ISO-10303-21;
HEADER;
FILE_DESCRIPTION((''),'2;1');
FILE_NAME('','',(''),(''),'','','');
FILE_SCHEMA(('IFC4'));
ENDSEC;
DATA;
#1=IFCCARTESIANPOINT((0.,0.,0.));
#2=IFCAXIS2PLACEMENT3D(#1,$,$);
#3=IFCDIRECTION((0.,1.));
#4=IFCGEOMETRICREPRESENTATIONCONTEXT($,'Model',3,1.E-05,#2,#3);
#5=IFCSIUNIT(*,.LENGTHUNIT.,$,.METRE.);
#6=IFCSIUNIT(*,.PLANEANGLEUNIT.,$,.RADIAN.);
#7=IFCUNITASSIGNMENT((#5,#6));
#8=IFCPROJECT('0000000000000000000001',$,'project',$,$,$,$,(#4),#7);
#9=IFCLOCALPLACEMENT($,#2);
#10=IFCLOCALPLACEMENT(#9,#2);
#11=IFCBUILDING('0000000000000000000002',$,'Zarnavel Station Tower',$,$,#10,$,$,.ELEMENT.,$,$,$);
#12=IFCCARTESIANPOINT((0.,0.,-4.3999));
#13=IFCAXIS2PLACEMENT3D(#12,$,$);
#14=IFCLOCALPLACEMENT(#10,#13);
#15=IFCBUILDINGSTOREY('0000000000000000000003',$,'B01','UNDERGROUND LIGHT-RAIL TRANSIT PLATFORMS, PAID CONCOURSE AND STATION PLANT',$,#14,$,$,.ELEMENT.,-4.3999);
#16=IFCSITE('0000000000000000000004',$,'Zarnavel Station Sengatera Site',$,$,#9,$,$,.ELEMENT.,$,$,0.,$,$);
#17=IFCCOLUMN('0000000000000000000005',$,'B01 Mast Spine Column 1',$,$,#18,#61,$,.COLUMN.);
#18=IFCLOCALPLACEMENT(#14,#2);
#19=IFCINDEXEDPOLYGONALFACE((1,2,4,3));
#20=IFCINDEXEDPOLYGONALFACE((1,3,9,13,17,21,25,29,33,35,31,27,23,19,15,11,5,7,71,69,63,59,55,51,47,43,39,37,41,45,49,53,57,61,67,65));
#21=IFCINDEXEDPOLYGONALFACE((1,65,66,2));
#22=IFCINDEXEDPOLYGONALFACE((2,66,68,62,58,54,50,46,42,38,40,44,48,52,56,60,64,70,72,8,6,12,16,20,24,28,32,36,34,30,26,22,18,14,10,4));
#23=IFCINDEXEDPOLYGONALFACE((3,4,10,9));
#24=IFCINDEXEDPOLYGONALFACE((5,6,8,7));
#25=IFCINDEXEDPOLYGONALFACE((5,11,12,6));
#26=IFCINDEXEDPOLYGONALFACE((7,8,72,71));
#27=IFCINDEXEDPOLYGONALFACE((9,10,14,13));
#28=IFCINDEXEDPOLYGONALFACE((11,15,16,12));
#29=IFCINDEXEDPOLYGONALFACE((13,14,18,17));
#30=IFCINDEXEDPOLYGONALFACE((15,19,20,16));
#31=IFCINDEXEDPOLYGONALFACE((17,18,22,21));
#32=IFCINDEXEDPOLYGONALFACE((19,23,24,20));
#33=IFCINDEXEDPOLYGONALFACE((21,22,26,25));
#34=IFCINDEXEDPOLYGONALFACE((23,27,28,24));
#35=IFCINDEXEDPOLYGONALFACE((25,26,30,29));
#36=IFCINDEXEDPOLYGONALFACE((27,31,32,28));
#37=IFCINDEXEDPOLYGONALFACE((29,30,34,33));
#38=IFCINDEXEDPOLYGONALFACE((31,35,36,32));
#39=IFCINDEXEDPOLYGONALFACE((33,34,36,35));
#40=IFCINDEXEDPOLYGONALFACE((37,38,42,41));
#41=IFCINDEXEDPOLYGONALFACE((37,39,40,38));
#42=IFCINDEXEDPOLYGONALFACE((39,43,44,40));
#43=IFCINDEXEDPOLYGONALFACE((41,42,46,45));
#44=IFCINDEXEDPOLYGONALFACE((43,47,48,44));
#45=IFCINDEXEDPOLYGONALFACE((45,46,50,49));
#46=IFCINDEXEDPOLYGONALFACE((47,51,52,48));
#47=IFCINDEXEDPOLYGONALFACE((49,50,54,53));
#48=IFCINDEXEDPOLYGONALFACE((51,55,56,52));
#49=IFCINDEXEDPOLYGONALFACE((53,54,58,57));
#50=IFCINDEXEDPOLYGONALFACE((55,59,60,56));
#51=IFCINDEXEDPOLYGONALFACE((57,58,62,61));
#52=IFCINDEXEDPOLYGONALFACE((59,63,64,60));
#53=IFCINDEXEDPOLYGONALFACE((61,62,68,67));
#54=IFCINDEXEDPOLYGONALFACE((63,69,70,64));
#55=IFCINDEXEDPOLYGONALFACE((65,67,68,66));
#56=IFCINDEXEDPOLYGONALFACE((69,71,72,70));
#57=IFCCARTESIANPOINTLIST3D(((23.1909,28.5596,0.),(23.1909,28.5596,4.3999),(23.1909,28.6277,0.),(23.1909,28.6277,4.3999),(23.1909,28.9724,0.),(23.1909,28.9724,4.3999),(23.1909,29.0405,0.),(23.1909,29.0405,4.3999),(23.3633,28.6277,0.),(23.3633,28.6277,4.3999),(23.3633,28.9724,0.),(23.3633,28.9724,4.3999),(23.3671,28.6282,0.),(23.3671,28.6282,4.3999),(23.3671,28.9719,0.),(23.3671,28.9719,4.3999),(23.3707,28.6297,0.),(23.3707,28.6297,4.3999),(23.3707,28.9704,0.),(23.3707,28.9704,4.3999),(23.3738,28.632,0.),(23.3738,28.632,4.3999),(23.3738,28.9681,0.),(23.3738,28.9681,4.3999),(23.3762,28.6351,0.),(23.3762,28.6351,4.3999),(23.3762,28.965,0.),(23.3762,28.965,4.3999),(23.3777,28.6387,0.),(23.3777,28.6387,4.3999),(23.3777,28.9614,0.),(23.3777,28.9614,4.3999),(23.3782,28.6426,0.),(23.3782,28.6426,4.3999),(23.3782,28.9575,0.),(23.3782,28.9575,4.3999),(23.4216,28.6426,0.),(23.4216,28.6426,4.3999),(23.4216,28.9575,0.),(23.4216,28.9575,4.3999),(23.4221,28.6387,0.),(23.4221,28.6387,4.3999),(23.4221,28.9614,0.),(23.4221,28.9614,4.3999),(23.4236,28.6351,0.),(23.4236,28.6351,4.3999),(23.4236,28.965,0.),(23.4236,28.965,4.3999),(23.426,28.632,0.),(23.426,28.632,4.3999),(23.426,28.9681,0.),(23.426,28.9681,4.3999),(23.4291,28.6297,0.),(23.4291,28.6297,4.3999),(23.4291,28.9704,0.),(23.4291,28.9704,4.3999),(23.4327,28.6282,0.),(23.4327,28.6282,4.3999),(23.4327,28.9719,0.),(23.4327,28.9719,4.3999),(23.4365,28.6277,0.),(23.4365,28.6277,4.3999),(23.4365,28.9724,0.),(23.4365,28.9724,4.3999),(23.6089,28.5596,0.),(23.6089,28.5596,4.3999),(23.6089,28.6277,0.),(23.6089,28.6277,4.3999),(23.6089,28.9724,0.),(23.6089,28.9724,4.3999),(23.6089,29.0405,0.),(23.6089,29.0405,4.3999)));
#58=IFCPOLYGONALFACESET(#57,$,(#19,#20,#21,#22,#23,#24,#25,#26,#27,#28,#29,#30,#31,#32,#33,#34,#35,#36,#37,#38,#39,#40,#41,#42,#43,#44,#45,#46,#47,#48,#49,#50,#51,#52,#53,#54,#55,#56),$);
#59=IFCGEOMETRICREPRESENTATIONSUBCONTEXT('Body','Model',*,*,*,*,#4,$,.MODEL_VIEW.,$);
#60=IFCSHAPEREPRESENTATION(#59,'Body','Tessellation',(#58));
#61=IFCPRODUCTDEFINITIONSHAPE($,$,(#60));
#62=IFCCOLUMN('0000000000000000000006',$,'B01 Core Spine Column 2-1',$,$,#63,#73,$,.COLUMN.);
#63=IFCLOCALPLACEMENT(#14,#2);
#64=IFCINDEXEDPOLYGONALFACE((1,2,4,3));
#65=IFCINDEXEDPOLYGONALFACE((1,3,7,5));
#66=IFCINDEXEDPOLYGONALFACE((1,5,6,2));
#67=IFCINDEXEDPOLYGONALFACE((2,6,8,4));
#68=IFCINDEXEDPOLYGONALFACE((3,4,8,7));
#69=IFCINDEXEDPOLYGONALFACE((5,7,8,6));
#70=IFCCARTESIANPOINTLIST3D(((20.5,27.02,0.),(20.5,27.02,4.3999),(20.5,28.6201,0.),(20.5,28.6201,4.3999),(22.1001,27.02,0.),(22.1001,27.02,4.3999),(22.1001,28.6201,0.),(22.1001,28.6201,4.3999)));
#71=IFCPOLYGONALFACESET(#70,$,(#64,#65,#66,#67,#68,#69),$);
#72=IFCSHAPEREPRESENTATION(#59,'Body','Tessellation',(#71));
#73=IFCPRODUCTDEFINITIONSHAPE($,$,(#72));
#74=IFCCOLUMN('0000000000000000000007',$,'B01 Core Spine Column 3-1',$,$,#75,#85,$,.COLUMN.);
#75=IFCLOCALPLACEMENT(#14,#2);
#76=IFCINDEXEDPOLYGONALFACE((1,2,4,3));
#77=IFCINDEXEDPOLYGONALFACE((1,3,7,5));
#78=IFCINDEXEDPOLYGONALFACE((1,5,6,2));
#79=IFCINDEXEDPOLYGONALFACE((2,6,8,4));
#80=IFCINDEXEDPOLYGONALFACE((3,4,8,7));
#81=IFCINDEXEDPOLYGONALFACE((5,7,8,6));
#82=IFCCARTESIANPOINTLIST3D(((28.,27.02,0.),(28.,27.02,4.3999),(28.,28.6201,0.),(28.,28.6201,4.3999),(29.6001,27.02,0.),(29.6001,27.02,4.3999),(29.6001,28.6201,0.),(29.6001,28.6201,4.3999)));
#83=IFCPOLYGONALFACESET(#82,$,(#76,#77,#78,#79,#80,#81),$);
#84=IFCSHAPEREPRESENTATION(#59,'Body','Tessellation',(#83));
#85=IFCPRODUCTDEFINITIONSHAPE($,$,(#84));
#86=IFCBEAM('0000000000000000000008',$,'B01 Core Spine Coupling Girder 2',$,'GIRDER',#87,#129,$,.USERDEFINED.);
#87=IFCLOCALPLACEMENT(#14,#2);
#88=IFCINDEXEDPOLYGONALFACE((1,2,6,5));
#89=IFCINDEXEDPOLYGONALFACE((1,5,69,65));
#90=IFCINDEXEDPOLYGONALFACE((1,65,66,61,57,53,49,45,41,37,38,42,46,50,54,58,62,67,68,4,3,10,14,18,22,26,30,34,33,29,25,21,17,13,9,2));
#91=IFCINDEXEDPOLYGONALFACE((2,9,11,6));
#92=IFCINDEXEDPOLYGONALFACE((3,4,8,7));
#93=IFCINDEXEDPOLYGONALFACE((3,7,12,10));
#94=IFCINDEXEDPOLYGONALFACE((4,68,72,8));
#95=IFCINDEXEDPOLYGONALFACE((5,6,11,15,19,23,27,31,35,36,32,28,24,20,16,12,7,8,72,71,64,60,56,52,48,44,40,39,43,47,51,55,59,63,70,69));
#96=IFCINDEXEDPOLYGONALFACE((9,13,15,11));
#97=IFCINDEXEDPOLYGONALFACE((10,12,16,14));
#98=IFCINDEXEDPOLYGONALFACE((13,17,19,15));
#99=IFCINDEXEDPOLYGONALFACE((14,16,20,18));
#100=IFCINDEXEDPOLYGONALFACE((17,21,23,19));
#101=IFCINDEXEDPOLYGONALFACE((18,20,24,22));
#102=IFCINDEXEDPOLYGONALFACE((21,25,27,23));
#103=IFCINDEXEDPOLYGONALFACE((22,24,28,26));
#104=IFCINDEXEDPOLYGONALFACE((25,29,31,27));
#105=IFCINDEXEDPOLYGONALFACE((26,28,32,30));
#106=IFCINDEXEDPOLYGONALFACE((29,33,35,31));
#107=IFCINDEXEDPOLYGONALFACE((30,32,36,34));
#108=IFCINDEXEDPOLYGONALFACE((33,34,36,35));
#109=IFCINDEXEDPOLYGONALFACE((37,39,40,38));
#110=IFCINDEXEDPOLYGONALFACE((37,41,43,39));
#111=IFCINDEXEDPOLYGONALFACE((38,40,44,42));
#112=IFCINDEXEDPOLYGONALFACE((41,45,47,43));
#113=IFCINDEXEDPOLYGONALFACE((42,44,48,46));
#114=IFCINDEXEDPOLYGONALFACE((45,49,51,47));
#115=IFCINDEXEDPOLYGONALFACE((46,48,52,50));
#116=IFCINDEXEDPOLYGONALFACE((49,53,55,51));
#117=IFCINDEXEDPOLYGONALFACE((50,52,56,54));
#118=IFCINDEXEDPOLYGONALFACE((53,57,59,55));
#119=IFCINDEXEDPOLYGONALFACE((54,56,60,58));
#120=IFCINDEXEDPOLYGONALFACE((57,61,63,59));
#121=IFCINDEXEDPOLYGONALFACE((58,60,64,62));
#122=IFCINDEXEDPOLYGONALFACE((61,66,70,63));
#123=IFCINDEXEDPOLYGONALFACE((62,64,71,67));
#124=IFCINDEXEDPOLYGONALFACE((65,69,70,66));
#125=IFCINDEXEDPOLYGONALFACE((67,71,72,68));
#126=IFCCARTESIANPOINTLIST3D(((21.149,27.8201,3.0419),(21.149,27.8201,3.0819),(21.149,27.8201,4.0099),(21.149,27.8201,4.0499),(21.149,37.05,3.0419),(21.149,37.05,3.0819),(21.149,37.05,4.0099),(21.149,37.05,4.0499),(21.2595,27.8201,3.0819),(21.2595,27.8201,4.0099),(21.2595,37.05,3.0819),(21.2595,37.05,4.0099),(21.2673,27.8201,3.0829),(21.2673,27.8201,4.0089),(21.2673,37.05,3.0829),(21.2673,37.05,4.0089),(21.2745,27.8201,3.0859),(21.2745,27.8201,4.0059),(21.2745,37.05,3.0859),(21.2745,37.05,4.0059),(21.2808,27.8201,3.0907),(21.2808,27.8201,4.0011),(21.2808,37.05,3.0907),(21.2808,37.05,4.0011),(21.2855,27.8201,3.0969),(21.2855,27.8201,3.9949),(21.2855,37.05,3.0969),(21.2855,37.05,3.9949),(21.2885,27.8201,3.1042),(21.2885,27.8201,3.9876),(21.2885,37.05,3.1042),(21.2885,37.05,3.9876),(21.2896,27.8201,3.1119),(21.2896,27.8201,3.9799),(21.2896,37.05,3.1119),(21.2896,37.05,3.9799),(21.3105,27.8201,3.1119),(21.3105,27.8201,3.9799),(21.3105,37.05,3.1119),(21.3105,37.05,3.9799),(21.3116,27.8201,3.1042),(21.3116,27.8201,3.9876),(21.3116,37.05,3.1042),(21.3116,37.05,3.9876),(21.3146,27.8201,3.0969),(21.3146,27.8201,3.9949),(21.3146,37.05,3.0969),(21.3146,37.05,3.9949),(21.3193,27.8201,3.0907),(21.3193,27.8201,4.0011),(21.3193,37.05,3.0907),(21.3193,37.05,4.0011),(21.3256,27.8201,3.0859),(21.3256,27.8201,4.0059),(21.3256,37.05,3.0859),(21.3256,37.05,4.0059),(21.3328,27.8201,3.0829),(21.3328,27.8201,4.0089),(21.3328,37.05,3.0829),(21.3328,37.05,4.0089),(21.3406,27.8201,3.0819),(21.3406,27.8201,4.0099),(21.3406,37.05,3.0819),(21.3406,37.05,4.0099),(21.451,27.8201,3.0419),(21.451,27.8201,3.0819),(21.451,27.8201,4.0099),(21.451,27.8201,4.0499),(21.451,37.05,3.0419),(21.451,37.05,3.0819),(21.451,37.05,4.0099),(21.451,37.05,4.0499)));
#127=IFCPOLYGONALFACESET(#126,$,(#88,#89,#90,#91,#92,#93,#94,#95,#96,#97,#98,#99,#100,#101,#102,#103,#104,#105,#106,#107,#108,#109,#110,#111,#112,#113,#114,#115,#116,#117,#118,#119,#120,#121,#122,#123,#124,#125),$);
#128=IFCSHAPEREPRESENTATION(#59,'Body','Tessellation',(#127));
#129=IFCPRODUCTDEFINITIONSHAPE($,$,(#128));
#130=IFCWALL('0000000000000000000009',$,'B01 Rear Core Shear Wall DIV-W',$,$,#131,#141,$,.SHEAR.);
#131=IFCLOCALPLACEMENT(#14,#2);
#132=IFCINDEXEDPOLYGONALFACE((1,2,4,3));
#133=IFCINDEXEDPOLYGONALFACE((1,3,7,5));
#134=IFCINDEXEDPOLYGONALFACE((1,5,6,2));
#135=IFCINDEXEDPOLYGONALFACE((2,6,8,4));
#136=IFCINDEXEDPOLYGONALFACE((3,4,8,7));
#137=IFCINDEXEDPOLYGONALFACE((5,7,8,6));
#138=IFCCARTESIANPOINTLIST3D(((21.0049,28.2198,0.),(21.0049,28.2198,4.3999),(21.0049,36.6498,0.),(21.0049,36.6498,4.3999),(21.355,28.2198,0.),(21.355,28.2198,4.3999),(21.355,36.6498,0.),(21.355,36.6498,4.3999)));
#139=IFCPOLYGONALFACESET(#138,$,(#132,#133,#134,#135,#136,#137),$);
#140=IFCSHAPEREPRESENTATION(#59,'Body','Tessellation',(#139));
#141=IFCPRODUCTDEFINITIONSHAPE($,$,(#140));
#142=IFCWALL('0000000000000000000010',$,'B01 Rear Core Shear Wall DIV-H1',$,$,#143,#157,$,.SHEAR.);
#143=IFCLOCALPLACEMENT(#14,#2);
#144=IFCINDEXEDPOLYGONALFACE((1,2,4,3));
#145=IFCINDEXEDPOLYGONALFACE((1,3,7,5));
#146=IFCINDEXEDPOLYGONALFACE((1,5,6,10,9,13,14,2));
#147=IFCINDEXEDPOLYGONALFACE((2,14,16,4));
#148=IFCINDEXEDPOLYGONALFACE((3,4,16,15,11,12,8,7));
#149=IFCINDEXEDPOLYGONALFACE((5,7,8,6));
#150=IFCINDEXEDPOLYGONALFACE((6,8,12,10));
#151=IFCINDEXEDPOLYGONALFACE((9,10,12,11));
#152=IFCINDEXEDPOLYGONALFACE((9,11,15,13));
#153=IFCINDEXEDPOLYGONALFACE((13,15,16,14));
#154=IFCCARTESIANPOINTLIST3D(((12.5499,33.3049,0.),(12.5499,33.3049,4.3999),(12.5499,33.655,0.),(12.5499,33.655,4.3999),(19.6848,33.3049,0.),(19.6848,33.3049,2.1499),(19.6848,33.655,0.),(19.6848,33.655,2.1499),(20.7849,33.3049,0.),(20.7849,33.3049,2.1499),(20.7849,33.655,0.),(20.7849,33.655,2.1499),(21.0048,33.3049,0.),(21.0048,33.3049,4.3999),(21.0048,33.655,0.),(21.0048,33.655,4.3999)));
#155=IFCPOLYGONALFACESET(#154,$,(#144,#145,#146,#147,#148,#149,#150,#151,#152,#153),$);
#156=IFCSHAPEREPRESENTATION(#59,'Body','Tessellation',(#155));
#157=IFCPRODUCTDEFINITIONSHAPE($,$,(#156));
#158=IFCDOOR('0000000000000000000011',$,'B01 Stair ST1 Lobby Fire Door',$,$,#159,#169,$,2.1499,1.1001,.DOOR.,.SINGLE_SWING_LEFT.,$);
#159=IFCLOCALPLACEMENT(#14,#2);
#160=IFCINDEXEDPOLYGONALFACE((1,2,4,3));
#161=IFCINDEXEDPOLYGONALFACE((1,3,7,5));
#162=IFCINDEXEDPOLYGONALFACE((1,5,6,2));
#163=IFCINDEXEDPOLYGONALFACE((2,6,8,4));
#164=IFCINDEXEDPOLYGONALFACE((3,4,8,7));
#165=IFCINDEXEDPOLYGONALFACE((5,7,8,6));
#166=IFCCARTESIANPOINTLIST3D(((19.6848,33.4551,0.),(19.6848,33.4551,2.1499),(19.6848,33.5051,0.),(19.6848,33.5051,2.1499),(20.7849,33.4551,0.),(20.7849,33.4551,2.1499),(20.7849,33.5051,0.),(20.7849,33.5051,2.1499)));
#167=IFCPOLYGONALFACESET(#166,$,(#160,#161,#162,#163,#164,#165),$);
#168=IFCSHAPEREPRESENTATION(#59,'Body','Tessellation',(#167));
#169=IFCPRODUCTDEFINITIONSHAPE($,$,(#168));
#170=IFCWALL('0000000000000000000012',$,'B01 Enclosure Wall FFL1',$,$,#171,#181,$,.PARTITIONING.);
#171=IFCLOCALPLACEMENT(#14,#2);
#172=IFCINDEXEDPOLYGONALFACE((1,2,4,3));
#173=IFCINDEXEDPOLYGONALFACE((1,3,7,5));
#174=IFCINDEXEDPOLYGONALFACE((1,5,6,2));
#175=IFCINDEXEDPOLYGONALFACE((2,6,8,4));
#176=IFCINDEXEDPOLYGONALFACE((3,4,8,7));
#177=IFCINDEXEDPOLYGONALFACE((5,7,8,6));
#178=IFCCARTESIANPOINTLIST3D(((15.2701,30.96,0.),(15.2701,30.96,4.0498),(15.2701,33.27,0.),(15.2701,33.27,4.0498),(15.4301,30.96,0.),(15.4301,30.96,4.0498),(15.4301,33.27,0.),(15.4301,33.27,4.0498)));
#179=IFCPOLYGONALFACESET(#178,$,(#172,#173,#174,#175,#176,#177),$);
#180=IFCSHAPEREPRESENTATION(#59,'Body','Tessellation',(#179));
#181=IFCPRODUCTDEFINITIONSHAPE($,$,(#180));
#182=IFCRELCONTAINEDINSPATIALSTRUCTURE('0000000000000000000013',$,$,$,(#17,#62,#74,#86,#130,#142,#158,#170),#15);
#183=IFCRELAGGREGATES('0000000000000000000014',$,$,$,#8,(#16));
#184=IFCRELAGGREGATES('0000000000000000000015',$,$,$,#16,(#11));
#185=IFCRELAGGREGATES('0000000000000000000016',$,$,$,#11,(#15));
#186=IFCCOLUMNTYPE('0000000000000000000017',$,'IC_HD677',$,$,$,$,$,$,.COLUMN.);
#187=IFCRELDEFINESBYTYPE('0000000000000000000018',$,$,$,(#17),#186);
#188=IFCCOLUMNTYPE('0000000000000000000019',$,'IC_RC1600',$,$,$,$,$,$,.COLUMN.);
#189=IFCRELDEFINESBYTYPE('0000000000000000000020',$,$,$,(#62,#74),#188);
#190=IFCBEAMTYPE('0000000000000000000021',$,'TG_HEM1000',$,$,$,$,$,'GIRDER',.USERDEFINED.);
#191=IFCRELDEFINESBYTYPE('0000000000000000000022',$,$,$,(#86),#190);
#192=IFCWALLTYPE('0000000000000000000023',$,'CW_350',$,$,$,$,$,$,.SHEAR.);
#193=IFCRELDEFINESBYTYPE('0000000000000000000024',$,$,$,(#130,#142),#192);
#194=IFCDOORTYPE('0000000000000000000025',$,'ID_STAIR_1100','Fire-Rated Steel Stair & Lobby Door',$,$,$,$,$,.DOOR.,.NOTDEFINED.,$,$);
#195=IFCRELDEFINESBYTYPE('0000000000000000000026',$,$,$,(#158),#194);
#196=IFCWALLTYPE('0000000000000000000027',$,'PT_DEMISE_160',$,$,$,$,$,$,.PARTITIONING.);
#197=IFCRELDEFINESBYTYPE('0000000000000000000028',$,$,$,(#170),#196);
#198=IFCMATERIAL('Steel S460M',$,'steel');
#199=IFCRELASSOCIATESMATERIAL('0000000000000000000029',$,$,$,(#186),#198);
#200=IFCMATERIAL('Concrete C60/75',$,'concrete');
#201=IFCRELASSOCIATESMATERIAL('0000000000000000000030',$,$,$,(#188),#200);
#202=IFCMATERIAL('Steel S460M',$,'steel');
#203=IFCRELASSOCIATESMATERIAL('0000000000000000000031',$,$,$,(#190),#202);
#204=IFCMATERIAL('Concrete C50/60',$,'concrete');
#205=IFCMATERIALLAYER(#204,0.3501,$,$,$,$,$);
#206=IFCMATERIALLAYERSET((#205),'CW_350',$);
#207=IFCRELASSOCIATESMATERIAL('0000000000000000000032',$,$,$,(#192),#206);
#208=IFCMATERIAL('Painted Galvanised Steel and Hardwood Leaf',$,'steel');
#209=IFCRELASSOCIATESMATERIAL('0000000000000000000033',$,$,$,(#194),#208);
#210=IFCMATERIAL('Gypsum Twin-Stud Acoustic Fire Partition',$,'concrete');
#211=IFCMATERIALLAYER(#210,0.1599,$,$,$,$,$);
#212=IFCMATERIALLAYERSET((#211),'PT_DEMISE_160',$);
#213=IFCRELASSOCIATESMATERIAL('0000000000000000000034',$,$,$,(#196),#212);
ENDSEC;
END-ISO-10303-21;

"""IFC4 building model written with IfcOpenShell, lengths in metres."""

from ifc_helpers import new_model, si_unit, direction, frame, frame_2d, origin, origin_2d, place, context, subcontext, project, spatial, rectangle, i_section, extrude, material, layer, layer_set, material_profile, profile_set, type_object, element, fill, save


model = new_model("IFC4")

# Units and contexts
model_context = context("Model", 3, precision=1e-05, world=origin(), true_north=direction((0.0, 1.0)))
body_context = subcontext(model_context, "Body", "Model", "MODEL_VIEW")
ifc_project = project(units=[si_unit("LENGTHUNIT", "METRE"), si_unit("PLANEANGLEUNIT", "RADIAN")], contexts=[model_context])

# Site, building, storey
site_placement = place(None, origin())
site = spatial("IfcSite", under=ifc_project, at=site_placement, Name="Zarnavel Station Sengatera Site", CompositionType="ELEMENT", RefElevation=0.0)
building_placement = place(site_placement, origin())
building = spatial("IfcBuilding", under=site, at=building_placement, Name="Zarnavel Station Tower", CompositionType="ELEMENT")
storey_placement = place(building_placement, frame((0.0, 0.0, -4.3999)))
storey = spatial("IfcBuildingStorey", under=building, at=storey_placement, Name="B01", Description="UNDERGROUND LIGHT-RAIL TRANSIT PLATFORMS, PAID CONCOURSE AND STATION PLANT", CompositionType="ELEMENT", Elevation=-4.3999)

# Columns
ifc_material_1 = material(Name="Steel S460M", Category="steel")
ifc_material_profile_1 = material_profile(ifc_material_1, i_section(OverallWidth=0.418, OverallDepth=0.481, WebThickness=0.0435, FlangeThickness=0.0681, FilletRadius=0.0149, at=origin_2d()), Name="HD400x677")
ifc_profile_set_1 = profile_set([ifc_material_profile_1], Name="Steel S460M")
column_type_1 = type_object("IfcColumnType", Name="IC_HD677", PredefinedType="COLUMN", material=ifc_profile_set_1)
column_placement = place(storey_placement, frame((23.3999, 28.8, 0.0), z_axis=(0.0, 0.0, 1.0), x_axis=(1.0, 0.0, 0.0)))
element("IfcColumn", 1, at=column_placement, inside=storey, type_object=column_type_1, Name="B01 Mast Spine Column 1", PredefinedType="COLUMN", context=body_context, shape_type="SweptSolid", body=[
    extrude(i_section(OverallWidth=0.418, OverallDepth=0.481, WebThickness=0.0435, FlangeThickness=0.0681, FilletRadius=0.0149, at=origin_2d()), origin(), (0.0, 0.0, 1.0), 4.3999),
])
ifc_material_2 = material(Name="Concrete C60/75", Category="concrete")
ifc_material_profile_2 = material_profile(ifc_material_2, rectangle(XDim=1.6001, YDim=1.6001, at=origin_2d()), Name="RC1600x1600")
ifc_profile_set_2 = profile_set([ifc_material_profile_2], Name="Concrete C60/75")
column_type_2 = type_object("IfcColumnType", Name="IC_RC1600", PredefinedType="COLUMN", material=ifc_profile_set_2)
for number, where, z_axis, x_axis, name in (
    (2, (21.3, 27.8201, 0.0), (0.0, 0.0, 1.0), (1.0, 0.0, 0.0), "B01 Core Spine Column 2-1"),
    (3, (28.8, 27.8201, 0.0), (0.0, 0.0, 1.0), (1.0, 0.0, 0.0), "B01 Core Spine Column 3-1"),
):
    element("IfcColumn", number, at=place(storey_placement, frame(where, z_axis=z_axis, x_axis=x_axis)), inside=storey, type_object=column_type_2, Name=name, PredefinedType="COLUMN", context=body_context, shape_type="SweptSolid", body=[
        extrude(rectangle(XDim=1.6001, YDim=1.6001, at=origin_2d()), origin(), (0.0, 0.0, 1.0), 4.3999),
    ])

# Beam
ifc_material_3 = material(Name="Steel S460M", Category="steel")
ifc_material_profile_3 = material_profile(ifc_material_3, i_section(OverallWidth=0.302, OverallDepth=1.0081, WebThickness=0.021, FlangeThickness=0.04, FilletRadius=0.03, at=origin_2d()), Name="HEM1000")
ifc_profile_set_3 = profile_set([ifc_material_profile_3], Name="Steel S460M")
beam_type = type_object("IfcBeamType", Name="TG_HEM1000", ElementType="GIRDER", PredefinedType="USERDEFINED", material=ifc_profile_set_3)
beam_placement = place(storey_placement, frame((21.3, 27.8201, 3.5459), z_axis=(0.0, 1.0, 0.0), x_axis=(-1.0, 0.0, 0.0)))
element("IfcBeam", 4, at=beam_placement, inside=storey, type_object=beam_type, Name="B01 Core Spine Coupling Girder 2", ObjectType="GIRDER", PredefinedType="USERDEFINED", context=body_context, shape_type="SweptSolid", body=[
    extrude(i_section(OverallWidth=0.302, OverallDepth=1.0081, WebThickness=0.021, FlangeThickness=0.04, FilletRadius=0.03, at=origin_2d()), origin(), (0.0, 0.0, 1.0), 9.23),
])

# Wall
ifc_material_4 = material(Name="Concrete C50/60", Category="concrete")
ifc_layer_1 = layer(ifc_material_4, 0.3501)
ifc_layer_set_1 = layer_set([ifc_layer_1], Name="CW_350")
wall_type_1 = type_object("IfcWallType", Name="CW_350", PredefinedType="SHEAR", material=ifc_layer_set_1)
wall_1_placement = place(storey_placement, frame((21.1799, 28.22, 0.0), z_axis=(0.0, 0.0, 1.0), x_axis=(0.0, 1.0, 0.0)))
element("IfcWall", 5, at=wall_1_placement, inside=storey, type_object=wall_type_1, Name="B01 Rear Core Shear Wall DIV-W", PredefinedType="SHEAR", context=body_context, shape_type="SweptSolid", body=[
    extrude(rectangle(XDim=8.4299, YDim=0.3501, at=frame_2d((4.2148, 0.0))), origin(), (0.0, 0.0, 1.0), 4.3999),
])

# Wall, opening, door
wall_2_placement = place(storey_placement, frame((21.0049, 33.48, 0.0), z_axis=(0.0, 0.0, 1.0), x_axis=(-1.0, 0.0, 0.0)))
wall_2 = element("IfcWall", 6, at=wall_2_placement, inside=storey, type_object=wall_type_1, Name="B01 Rear Core Shear Wall DIV-H1", PredefinedType="SHEAR", context=body_context, shape_type="SweptSolid", body=[
    extrude(rectangle(XDim=8.4548, YDim=0.3501, at=frame_2d((4.2275, 0.0))), origin(), (0.0, 0.0, 1.0), 4.3999),
])
opening_1_placement = place(wall_2_placement, frame((0.22, 0.0, 0.0)))
opening_1 = element("IfcOpeningElement", 7, at=opening_1_placement, cuts=wall_2, PredefinedType="OPENING", context=body_context, shape_type="SweptSolid", body=[
    extrude(rectangle(XDim=1.1001, YDim=2.1499, at=frame_2d((0.55, 1.075))), frame((0.0, 0.1851, 0.0), z_axis=(0.0, -1.0, 0.0), x_axis=(1.0, 0.0, 0.0)), (0.0, 0.0, 1.0), 0.3701),
])
ifc_material_5 = material(Name="Painted Galvanised Steel and Hardwood Leaf", Category="steel")
door_type_1 = type_object("IfcDoorType", Name="ID_STAIR_1100", Description="Fire-Rated Steel Stair & Lobby Door", OperationType="NOTDEFINED", PredefinedType="DOOR", material=ifc_material_5)
door_1_placement = place(opening_1_placement, origin())
door_1 = element("IfcDoor", 8, at=door_1_placement, inside=storey, type_object=door_type_1, Name="B01 Stair ST1 Lobby Fire Door", OperationType="SINGLE_SWING_LEFT", OverallHeight=2.1499, OverallWidth=1.1001, PredefinedType="DOOR", context=body_context, shape_type="SweptSolid", body=[
    extrude(rectangle(XDim=1.1001, YDim=2.1499, at=frame_2d((0.55, 1.075))), frame((0.0, 0.0249, 0.0), z_axis=(0.0, -1.0, 0.0), x_axis=(1.0, 0.0, 0.0)), (0.0, 0.0, 1.0), 0.05),
])
fill(opening_1, door_1)

# Wall
ifc_material_6 = material(Name="Gypsum Twin-Stud Acoustic Fire Partition", Category="concrete")
ifc_layer_2 = layer(ifc_material_6, 0.1599)
ifc_layer_set_2 = layer_set([ifc_layer_2], Name="PT_DEMISE_160")
wall_type_2 = type_object("IfcWallType", Name="PT_DEMISE_160", PredefinedType="PARTITIONING", material=ifc_layer_set_2)
wall_3_placement = place(storey_placement, frame((15.3501, 30.96, 0.0), z_axis=(0.0, 0.0, 1.0), x_axis=(0.0, 1.0, 0.0)))
element("IfcWall", 9, at=wall_3_placement, inside=storey, type_object=wall_type_2, Name="B01 Enclosure Wall FFL1", PredefinedType="PARTITIONING", context=body_context, shape_type="SweptSolid", body=[
    extrude(rectangle(XDim=2.3101, YDim=0.1599, at=frame_2d((1.155, 0.0))), origin(), (0.0, 0.0, 1.0), 4.0498),
])

save(model, "model.ifc")
